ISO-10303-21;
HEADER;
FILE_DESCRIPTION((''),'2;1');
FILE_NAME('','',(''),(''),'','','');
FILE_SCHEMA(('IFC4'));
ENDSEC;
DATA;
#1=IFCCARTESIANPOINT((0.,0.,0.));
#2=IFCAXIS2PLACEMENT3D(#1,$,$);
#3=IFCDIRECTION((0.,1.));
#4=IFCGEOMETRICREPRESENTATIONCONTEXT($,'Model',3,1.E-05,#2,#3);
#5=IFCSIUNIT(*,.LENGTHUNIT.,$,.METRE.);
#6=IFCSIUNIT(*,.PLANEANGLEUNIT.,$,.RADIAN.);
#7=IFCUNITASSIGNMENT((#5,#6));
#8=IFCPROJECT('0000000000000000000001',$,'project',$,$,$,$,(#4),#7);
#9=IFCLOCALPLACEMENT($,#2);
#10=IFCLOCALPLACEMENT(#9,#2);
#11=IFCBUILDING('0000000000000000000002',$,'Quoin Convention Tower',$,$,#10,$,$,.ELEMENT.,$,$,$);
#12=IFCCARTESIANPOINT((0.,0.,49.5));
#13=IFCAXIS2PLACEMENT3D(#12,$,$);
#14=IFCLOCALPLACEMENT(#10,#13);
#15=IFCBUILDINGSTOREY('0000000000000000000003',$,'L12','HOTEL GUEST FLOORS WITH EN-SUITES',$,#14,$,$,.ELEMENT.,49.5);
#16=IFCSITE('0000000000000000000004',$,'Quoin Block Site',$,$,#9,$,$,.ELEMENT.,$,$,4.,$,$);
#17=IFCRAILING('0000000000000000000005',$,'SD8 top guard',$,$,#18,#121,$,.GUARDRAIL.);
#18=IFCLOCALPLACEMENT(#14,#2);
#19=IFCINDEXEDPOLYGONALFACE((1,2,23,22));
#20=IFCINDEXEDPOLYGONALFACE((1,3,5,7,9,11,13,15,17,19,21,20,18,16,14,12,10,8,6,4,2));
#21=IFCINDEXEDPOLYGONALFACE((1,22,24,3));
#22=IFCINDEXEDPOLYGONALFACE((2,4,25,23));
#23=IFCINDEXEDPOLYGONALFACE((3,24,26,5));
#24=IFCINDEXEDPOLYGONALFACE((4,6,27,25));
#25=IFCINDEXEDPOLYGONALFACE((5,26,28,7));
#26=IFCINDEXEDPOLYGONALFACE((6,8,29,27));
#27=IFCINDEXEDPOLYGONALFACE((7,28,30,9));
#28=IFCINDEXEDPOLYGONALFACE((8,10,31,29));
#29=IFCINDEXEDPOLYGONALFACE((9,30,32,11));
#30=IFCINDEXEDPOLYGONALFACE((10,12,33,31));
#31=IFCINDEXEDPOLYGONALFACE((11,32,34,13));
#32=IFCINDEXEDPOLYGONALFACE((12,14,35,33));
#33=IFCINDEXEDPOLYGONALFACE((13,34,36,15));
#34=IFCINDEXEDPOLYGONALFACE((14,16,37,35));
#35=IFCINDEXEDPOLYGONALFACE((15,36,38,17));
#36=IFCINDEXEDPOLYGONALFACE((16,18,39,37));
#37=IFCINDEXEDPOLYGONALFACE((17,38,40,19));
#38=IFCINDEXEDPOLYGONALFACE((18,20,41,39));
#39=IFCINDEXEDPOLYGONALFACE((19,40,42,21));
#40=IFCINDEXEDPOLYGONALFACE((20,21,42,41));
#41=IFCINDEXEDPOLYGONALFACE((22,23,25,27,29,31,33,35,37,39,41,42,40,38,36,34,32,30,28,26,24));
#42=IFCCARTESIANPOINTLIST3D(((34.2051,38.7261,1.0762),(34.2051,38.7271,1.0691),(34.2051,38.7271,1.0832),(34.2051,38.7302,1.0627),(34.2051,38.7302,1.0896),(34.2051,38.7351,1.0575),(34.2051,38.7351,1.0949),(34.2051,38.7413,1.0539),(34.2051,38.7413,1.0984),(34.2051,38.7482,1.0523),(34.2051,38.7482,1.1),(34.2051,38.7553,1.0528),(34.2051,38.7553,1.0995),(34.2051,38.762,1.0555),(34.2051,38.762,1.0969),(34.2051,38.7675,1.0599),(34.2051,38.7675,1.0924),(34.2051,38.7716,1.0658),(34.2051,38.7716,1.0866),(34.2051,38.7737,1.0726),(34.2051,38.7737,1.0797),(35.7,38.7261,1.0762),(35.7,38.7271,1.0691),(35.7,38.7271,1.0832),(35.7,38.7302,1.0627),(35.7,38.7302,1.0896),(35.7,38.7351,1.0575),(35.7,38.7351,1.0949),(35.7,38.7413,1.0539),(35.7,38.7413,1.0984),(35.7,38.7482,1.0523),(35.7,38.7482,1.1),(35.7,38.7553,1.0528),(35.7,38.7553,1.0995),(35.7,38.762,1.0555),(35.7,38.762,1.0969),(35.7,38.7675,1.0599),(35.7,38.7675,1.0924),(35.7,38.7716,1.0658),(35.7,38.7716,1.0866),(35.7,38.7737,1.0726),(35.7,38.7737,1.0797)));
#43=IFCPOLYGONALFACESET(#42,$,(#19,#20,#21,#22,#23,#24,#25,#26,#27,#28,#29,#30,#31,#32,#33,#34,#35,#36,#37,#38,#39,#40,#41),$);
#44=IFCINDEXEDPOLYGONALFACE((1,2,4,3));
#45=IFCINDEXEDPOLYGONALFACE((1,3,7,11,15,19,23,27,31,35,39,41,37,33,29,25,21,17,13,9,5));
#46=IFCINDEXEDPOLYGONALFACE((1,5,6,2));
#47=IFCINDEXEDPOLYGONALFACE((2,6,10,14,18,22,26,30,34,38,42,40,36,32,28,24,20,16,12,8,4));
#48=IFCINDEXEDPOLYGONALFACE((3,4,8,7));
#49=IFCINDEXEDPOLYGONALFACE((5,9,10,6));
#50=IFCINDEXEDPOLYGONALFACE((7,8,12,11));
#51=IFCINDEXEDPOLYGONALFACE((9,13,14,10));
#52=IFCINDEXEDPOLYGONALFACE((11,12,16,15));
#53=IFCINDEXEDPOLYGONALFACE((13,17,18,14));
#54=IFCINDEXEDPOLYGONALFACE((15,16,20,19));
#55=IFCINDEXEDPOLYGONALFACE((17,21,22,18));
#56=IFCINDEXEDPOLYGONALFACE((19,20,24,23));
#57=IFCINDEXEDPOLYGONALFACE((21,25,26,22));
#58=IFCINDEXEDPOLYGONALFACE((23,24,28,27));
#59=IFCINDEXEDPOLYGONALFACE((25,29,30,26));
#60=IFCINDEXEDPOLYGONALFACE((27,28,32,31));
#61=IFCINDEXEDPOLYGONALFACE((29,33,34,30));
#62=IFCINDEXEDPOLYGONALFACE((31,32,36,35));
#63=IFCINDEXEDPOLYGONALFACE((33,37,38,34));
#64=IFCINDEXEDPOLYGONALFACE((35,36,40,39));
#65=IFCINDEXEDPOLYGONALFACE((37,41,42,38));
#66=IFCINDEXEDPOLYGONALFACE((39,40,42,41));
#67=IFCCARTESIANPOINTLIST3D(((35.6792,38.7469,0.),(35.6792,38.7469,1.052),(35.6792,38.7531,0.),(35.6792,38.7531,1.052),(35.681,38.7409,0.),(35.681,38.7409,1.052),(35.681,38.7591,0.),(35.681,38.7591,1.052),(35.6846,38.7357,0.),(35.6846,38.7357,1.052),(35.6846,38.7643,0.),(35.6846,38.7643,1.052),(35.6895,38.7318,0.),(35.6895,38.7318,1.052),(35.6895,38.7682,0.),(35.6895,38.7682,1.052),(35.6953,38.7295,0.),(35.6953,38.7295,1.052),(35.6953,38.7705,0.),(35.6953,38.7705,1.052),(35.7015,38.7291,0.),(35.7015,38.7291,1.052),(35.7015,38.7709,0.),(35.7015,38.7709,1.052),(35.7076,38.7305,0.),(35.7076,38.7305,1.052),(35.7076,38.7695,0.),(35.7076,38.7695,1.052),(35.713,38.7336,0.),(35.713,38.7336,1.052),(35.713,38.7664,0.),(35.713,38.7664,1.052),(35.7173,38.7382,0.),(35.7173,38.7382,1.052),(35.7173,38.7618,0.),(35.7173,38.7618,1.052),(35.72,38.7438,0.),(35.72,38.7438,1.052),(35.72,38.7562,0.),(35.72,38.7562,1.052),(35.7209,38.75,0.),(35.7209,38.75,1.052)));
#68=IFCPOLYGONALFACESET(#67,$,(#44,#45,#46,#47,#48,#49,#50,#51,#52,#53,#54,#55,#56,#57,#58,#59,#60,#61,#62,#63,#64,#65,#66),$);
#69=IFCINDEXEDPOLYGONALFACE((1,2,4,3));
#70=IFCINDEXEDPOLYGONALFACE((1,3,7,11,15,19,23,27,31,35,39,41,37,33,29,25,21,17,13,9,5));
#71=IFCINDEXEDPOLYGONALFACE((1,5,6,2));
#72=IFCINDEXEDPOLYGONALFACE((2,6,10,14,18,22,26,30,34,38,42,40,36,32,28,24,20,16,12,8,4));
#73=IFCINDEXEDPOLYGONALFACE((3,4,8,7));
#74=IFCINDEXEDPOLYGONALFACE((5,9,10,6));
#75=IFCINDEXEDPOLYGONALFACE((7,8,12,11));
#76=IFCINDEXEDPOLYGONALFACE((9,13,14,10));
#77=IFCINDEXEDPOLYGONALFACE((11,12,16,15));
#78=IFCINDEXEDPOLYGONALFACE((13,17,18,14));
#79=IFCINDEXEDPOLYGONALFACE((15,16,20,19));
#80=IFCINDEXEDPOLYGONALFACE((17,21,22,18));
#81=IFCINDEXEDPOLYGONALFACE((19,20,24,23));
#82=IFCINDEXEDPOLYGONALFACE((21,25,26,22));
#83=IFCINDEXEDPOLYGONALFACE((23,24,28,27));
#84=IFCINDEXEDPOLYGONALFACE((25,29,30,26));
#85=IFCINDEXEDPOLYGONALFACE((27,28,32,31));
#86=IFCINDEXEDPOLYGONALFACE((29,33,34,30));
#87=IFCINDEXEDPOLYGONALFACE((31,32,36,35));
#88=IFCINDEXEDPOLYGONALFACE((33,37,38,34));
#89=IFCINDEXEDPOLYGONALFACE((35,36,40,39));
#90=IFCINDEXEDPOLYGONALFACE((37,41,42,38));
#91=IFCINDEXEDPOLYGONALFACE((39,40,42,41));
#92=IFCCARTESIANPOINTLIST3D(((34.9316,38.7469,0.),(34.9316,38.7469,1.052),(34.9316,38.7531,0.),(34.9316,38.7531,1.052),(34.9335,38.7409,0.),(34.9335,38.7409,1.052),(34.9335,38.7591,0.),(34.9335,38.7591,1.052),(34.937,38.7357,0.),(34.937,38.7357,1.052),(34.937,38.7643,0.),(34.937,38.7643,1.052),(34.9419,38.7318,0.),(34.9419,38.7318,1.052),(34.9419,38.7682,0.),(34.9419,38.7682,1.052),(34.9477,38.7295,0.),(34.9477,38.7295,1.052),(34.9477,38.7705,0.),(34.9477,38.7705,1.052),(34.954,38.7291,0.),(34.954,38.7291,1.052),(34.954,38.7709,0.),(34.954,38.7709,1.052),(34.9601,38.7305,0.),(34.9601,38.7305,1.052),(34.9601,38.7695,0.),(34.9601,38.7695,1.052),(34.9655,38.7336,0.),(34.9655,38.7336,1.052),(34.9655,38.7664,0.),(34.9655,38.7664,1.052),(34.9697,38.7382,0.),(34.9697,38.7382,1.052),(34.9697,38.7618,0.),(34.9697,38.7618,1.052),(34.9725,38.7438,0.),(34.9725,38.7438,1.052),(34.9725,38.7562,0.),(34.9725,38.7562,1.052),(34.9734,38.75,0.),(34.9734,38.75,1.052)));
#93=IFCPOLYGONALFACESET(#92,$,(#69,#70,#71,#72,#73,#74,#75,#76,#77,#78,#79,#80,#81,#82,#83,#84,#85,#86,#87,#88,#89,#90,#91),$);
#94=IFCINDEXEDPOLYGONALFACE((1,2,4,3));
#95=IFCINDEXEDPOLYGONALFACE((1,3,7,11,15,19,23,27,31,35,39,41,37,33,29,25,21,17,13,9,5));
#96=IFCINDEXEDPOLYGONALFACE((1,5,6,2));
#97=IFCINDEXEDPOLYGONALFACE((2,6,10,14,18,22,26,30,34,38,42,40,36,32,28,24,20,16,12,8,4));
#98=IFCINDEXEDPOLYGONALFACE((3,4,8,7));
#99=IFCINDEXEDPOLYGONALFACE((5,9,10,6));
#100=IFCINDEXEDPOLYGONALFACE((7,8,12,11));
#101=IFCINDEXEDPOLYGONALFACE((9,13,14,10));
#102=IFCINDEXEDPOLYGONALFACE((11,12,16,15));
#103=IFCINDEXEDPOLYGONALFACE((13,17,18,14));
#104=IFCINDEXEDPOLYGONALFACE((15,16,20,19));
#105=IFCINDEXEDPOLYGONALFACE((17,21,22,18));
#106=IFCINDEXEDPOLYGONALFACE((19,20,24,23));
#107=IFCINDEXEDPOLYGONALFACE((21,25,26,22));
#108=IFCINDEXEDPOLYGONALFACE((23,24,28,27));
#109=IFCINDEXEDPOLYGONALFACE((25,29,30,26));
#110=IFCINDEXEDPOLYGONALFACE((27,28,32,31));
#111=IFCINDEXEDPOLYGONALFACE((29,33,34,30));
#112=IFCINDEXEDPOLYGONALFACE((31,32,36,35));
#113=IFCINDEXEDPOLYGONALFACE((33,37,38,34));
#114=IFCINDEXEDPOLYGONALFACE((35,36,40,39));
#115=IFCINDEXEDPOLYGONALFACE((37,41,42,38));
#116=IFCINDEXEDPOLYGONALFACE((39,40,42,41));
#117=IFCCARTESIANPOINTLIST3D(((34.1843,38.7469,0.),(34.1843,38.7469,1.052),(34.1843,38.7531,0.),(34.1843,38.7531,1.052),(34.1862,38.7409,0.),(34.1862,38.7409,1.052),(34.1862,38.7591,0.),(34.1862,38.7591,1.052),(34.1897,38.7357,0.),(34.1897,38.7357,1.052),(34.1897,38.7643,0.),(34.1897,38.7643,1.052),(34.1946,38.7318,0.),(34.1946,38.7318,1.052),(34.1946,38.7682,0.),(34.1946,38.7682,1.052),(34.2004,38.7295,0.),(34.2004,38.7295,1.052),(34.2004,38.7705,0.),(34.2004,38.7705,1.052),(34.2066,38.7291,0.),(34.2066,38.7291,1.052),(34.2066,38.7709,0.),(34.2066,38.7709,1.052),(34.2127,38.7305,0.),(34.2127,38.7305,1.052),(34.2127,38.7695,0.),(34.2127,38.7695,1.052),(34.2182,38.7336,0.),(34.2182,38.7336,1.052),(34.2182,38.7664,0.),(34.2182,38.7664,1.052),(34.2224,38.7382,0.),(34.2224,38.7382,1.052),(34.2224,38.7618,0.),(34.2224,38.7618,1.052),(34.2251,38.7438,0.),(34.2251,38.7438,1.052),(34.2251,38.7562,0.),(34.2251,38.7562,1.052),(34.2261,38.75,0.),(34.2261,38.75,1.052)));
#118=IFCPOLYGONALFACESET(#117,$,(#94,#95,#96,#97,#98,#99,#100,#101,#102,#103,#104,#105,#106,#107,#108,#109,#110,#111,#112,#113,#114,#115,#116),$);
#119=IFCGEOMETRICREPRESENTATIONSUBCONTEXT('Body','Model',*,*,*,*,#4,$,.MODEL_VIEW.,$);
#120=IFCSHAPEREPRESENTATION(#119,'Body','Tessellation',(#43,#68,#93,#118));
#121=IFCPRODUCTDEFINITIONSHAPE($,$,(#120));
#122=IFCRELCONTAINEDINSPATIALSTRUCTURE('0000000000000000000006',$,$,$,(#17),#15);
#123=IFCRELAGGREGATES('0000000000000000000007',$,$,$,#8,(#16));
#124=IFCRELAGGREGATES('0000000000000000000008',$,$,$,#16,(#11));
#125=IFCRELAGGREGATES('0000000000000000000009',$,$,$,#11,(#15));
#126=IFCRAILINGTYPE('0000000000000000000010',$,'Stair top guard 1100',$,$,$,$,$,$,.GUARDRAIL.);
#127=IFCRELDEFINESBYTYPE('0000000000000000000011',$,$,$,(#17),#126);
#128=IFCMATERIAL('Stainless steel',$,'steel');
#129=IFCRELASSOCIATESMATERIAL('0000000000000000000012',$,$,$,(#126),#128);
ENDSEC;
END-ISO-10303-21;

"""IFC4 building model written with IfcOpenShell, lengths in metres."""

from ifc_helpers import new_model, si_unit, direction, frame, origin, origin_2d, place, context, subcontext, project, spatial, circle, extrude, material, type_object, element, save


model = new_model("IFC4")

# Units and contexts
model_context = context("Model", 3, precision=1e-05, world=origin(), true_north=direction((0.0, 1.0)))
body_context = subcontext(model_context, "Body", "Model", "MODEL_VIEW")
ifc_project = project(units=[si_unit("LENGTHUNIT", "METRE"), si_unit("PLANEANGLEUNIT", "RADIAN")], contexts=[model_context])

# Site, building, storey
site_placement = place(None, origin())
site = spatial("IfcSite", under=ifc_project, at=site_placement, Name="Quoin Block Site", CompositionType="ELEMENT", RefElevation=4.0)
building_placement = place(site_placement, origin())
building = spatial("IfcBuilding", under=site, at=building_placement, Name="Quoin Convention Tower", CompositionType="ELEMENT")
storey_placement = place(building_placement, frame((0.0, 0.0, 49.5)))
storey = spatial("IfcBuildingStorey", under=building, at=storey_placement, Name="L12", Description="HOTEL GUEST FLOORS WITH EN-SUITES", CompositionType="ELEMENT", Elevation=49.5)

# Railing
ifc_material_1 = material(Name="Stainless steel", Category="steel")
railing_type_1 = type_object("IfcRailingType", Name="Stair top guard 1100", PredefinedType="GUARDRAIL", material=ifc_material_1)
railing_1_placement = place(storey_placement, frame((35.7, 38.75, 0.0)))
element("IfcRailing", 1, at=railing_1_placement, inside=storey, type_object=railing_type_1, Name="SD8 top guard", PredefinedType="GUARDRAIL", context=body_context, shape_type="SweptSolid", body=[
    extrude(circle(Radius=0.0239, at=origin_2d()), frame((0.0, 0.0, 1.0762), z_axis=(-1.0, 0.0, 0.0), x_axis=(0.0, -1.0, 0.0)), (0.0, 0.0, 1.0), 1.4949),
    extrude(circle(Radius=0.021, at=origin_2d()), origin(), (0.0, 0.0, 1.0), 1.052),
    extrude(circle(Radius=0.021, at=origin_2d()), frame((-0.7476, 0.0, 0.0)), (0.0, 0.0, 1.0), 1.052),
    extrude(circle(Radius=0.021, at=origin_2d()), frame((-1.4949, 0.0, 0.0)), (0.0, 0.0, 1.0), 1.052),
])

save(model, "model.ifc")
